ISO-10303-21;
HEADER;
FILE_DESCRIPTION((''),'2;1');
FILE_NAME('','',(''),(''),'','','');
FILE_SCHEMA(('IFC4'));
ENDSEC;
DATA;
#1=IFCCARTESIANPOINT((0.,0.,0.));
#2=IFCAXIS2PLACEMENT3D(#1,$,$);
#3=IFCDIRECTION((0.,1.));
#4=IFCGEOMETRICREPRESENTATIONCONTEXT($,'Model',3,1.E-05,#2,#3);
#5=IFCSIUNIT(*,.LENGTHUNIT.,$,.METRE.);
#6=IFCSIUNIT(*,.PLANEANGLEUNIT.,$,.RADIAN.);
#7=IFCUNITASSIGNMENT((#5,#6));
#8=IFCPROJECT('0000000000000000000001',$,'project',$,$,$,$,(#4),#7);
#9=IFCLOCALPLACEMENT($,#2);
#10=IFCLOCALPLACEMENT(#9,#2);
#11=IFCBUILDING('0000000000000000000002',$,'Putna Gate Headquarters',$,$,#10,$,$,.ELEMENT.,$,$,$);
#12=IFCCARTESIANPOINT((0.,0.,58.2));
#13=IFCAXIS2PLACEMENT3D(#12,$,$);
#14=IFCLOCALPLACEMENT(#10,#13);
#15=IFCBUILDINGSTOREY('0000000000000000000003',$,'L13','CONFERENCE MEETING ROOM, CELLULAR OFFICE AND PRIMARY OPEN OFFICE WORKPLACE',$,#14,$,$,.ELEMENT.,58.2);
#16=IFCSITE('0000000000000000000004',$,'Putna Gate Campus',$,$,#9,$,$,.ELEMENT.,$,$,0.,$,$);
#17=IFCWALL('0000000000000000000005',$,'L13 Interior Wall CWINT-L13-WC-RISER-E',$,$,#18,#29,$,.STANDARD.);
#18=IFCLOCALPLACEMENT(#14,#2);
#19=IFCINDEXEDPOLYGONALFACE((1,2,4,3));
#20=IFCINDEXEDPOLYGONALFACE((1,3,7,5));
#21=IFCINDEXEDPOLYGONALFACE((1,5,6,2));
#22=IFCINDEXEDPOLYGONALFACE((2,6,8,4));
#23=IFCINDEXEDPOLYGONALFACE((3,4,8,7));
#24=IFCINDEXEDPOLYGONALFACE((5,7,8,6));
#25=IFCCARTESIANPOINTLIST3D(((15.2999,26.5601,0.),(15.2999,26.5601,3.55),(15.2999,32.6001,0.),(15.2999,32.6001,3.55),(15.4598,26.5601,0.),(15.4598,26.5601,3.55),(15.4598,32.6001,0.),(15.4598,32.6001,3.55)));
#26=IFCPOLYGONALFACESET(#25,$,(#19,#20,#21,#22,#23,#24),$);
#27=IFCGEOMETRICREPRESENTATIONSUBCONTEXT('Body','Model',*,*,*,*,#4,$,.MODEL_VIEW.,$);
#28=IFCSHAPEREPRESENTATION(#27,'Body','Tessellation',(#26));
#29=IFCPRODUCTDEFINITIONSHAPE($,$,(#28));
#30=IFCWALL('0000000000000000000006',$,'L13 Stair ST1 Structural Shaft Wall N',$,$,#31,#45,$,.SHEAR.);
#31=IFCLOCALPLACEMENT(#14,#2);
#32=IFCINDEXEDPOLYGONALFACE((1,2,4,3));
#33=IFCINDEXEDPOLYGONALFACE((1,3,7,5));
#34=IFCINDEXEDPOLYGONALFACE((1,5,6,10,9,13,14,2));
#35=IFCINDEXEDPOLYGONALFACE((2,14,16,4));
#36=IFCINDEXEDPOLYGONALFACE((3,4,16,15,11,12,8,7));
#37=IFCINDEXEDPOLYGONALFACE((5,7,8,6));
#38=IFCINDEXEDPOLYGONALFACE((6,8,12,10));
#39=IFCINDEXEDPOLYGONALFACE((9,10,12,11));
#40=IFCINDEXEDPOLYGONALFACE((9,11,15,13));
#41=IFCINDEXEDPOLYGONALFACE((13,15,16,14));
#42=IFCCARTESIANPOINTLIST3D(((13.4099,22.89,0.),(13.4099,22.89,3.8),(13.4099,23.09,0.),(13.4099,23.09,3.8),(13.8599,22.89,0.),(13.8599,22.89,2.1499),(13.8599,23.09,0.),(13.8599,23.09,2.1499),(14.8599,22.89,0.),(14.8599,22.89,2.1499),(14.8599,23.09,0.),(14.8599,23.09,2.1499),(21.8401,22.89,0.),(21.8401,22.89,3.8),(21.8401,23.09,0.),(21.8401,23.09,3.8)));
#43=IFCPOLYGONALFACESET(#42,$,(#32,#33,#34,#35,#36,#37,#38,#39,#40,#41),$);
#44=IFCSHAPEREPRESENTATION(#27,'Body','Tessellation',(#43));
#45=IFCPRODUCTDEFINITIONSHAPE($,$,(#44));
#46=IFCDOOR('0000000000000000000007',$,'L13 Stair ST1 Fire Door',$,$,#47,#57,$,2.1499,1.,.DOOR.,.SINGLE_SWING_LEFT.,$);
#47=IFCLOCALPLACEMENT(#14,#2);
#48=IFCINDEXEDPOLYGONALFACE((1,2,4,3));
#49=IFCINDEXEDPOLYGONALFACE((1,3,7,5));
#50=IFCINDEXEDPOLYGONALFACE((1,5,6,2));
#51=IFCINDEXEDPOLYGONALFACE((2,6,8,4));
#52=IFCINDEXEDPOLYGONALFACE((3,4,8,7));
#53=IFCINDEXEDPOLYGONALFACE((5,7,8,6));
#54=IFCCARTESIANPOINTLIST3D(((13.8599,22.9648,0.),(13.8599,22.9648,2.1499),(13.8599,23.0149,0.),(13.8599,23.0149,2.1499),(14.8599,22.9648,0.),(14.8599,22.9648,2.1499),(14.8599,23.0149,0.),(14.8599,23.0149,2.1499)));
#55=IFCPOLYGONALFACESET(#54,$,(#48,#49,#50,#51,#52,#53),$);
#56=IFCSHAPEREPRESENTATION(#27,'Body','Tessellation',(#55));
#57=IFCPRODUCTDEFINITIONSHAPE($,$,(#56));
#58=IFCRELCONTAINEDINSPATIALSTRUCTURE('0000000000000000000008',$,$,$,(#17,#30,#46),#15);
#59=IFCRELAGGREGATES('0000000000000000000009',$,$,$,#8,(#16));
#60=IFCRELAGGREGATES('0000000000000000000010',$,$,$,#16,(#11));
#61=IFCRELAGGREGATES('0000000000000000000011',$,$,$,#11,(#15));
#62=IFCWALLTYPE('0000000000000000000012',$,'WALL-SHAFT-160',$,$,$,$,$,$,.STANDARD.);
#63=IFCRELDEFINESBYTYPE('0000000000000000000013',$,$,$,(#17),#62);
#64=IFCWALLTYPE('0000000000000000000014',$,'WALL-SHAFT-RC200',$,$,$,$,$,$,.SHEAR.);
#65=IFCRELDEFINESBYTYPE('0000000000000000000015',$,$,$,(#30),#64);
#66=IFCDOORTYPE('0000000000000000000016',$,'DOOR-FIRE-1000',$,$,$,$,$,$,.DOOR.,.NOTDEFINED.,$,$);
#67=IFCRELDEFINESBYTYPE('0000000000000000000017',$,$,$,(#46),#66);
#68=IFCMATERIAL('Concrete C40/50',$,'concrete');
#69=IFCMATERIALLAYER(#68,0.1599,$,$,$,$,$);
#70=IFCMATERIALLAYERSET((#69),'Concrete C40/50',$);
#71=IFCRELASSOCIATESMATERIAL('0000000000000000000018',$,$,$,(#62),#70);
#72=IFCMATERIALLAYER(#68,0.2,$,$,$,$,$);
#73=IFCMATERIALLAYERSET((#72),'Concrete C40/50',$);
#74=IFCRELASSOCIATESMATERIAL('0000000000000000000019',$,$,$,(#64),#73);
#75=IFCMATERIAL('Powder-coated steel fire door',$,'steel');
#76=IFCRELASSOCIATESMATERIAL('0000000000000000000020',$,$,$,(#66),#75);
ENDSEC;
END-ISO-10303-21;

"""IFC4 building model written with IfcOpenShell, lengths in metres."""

from ifc_helpers import new_model, si_unit, direction, frame, frame_2d, origin, place, context, subcontext, project, spatial, rectangle, extrude, material, layer, layer_set, type_object, element, fill, save


model = new_model("IFC4")

# Units and contexts
model_context = context("Model", 3, precision=1e-05, world=origin(), true_north=direction((0.0, 1.0)))
body_context = subcontext(model_context, "Body", "Model", "MODEL_VIEW")
ifc_project = project(units=[si_unit("LENGTHUNIT", "METRE"), si_unit("PLANEANGLEUNIT", "RADIAN")], contexts=[model_context])

# Site, building, storey
site_placement = place(None, origin())
site = spatial("IfcSite", under=ifc_project, at=site_placement, Name="Putna Gate Campus", CompositionType="ELEMENT", RefElevation=0.0)
building_placement = place(site_placement, origin())
building = spatial("IfcBuilding", under=site, at=building_placement, Name="Putna Gate Headquarters", CompositionType="ELEMENT")
storey_placement = place(building_placement, frame((0.0, 0.0, 58.2)))
storey = spatial("IfcBuildingStorey", under=building, at=storey_placement, Name="L13", Description="CONFERENCE MEETING ROOM, CELLULAR OFFICE AND PRIMARY OPEN OFFICE WORKPLACE", CompositionType="ELEMENT", Elevation=58.2)

# Wall
ifc_material_1 = material(Name="Concrete C40/50", Category="concrete")
ifc_layer_1 = layer(ifc_material_1, 0.1599)
ifc_layer_set_1 = layer_set([ifc_layer_1], Name="Concrete C40/50")
wall_type_1 = type_object("IfcWallType", Name="WALL-SHAFT-160", PredefinedType="STANDARD", material=ifc_layer_set_1)
wall_1_placement = place(storey_placement, frame((15.3799, 26.5601, 0.0), z_axis=(0.0, 0.0, 1.0), x_axis=(0.0, 1.0, 0.0)))
element("IfcWall", 1, at=wall_1_placement, inside=storey, type_object=wall_type_1, Name="L13 Interior Wall CWINT-L13-WC-RISER-E", PredefinedType="STANDARD", context=body_context, shape_type="SweptSolid", body=[
    extrude(rectangle(XDim=6.04, YDim=0.1599, at=frame_2d((3.02, 0.0))), origin(), (0.0, 0.0, 1.0), 3.55),
])

# Wall, opening, door
ifc_layer_2 = layer(ifc_material_1, 0.2)
ifc_layer_set_2 = layer_set([ifc_layer_2], Name="Concrete C40/50")
wall_type_2 = type_object("IfcWallType", Name="WALL-SHAFT-RC200", PredefinedType="SHEAR", material=ifc_layer_set_2)
wall_2_placement = place(storey_placement, frame((13.4099, 22.99, 0.0), z_axis=(0.0, 0.0, 1.0), x_axis=(1.0, 0.0, 0.0)))
wall_2 = element("IfcWall", 2, at=wall_2_placement, inside=storey, type_object=wall_type_2, Name="L13 Stair ST1 Structural Shaft Wall N", PredefinedType="SHEAR", context=body_context, shape_type="SweptSolid", body=[
    extrude(rectangle(XDim=8.4302, YDim=0.2, at=frame_2d((4.2151, 0.0))), origin(), (0.0, 0.0, 1.0), 3.8),
])
opening_1_placement = place(wall_2_placement, frame((0.45, 0.0, 0.0)))
opening_1 = element("IfcOpeningElement", 3, at=opening_1_placement, cuts=wall_2, PredefinedType="OPENING", context=body_context, shape_type="SweptSolid", body=[
    extrude(rectangle(XDim=1.0, YDim=2.1499, at=frame_2d((0.5, 1.075))), frame((0.0, 0.1099, 0.0), z_axis=(0.0, -1.0, 0.0), x_axis=(1.0, 0.0, 0.0)), (0.0, 0.0, 1.0), 0.22),
])
ifc_material_2 = material(Name="Powder-coated steel fire door", Category="steel")
door_type_1 = type_object("IfcDoorType", Name="DOOR-FIRE-1000", OperationType="NOTDEFINED", PredefinedType="DOOR", material=ifc_material_2)
door_1_placement = place(opening_1_placement, origin())
door_1 = element("IfcDoor", 4, at=door_1_placement, inside=storey, type_object=door_type_1, Name="L13 Stair ST1 Fire Door", OperationType="SINGLE_SWING_LEFT", OverallHeight=2.1499, OverallWidth=1.0, PredefinedType="DOOR", context=body_context, shape_type="SweptSolid", body=[
    extrude(rectangle(XDim=1.0, YDim=2.1499, at=frame_2d((0.5, 1.075))), frame((0.0, 0.0249, 0.0), z_axis=(0.0, -1.0, 0.0), x_axis=(1.0, 0.0, 0.0)), (0.0, 0.0, 1.0), 0.05),
])
fill(opening_1, door_1)

save(model, "model.ifc")
